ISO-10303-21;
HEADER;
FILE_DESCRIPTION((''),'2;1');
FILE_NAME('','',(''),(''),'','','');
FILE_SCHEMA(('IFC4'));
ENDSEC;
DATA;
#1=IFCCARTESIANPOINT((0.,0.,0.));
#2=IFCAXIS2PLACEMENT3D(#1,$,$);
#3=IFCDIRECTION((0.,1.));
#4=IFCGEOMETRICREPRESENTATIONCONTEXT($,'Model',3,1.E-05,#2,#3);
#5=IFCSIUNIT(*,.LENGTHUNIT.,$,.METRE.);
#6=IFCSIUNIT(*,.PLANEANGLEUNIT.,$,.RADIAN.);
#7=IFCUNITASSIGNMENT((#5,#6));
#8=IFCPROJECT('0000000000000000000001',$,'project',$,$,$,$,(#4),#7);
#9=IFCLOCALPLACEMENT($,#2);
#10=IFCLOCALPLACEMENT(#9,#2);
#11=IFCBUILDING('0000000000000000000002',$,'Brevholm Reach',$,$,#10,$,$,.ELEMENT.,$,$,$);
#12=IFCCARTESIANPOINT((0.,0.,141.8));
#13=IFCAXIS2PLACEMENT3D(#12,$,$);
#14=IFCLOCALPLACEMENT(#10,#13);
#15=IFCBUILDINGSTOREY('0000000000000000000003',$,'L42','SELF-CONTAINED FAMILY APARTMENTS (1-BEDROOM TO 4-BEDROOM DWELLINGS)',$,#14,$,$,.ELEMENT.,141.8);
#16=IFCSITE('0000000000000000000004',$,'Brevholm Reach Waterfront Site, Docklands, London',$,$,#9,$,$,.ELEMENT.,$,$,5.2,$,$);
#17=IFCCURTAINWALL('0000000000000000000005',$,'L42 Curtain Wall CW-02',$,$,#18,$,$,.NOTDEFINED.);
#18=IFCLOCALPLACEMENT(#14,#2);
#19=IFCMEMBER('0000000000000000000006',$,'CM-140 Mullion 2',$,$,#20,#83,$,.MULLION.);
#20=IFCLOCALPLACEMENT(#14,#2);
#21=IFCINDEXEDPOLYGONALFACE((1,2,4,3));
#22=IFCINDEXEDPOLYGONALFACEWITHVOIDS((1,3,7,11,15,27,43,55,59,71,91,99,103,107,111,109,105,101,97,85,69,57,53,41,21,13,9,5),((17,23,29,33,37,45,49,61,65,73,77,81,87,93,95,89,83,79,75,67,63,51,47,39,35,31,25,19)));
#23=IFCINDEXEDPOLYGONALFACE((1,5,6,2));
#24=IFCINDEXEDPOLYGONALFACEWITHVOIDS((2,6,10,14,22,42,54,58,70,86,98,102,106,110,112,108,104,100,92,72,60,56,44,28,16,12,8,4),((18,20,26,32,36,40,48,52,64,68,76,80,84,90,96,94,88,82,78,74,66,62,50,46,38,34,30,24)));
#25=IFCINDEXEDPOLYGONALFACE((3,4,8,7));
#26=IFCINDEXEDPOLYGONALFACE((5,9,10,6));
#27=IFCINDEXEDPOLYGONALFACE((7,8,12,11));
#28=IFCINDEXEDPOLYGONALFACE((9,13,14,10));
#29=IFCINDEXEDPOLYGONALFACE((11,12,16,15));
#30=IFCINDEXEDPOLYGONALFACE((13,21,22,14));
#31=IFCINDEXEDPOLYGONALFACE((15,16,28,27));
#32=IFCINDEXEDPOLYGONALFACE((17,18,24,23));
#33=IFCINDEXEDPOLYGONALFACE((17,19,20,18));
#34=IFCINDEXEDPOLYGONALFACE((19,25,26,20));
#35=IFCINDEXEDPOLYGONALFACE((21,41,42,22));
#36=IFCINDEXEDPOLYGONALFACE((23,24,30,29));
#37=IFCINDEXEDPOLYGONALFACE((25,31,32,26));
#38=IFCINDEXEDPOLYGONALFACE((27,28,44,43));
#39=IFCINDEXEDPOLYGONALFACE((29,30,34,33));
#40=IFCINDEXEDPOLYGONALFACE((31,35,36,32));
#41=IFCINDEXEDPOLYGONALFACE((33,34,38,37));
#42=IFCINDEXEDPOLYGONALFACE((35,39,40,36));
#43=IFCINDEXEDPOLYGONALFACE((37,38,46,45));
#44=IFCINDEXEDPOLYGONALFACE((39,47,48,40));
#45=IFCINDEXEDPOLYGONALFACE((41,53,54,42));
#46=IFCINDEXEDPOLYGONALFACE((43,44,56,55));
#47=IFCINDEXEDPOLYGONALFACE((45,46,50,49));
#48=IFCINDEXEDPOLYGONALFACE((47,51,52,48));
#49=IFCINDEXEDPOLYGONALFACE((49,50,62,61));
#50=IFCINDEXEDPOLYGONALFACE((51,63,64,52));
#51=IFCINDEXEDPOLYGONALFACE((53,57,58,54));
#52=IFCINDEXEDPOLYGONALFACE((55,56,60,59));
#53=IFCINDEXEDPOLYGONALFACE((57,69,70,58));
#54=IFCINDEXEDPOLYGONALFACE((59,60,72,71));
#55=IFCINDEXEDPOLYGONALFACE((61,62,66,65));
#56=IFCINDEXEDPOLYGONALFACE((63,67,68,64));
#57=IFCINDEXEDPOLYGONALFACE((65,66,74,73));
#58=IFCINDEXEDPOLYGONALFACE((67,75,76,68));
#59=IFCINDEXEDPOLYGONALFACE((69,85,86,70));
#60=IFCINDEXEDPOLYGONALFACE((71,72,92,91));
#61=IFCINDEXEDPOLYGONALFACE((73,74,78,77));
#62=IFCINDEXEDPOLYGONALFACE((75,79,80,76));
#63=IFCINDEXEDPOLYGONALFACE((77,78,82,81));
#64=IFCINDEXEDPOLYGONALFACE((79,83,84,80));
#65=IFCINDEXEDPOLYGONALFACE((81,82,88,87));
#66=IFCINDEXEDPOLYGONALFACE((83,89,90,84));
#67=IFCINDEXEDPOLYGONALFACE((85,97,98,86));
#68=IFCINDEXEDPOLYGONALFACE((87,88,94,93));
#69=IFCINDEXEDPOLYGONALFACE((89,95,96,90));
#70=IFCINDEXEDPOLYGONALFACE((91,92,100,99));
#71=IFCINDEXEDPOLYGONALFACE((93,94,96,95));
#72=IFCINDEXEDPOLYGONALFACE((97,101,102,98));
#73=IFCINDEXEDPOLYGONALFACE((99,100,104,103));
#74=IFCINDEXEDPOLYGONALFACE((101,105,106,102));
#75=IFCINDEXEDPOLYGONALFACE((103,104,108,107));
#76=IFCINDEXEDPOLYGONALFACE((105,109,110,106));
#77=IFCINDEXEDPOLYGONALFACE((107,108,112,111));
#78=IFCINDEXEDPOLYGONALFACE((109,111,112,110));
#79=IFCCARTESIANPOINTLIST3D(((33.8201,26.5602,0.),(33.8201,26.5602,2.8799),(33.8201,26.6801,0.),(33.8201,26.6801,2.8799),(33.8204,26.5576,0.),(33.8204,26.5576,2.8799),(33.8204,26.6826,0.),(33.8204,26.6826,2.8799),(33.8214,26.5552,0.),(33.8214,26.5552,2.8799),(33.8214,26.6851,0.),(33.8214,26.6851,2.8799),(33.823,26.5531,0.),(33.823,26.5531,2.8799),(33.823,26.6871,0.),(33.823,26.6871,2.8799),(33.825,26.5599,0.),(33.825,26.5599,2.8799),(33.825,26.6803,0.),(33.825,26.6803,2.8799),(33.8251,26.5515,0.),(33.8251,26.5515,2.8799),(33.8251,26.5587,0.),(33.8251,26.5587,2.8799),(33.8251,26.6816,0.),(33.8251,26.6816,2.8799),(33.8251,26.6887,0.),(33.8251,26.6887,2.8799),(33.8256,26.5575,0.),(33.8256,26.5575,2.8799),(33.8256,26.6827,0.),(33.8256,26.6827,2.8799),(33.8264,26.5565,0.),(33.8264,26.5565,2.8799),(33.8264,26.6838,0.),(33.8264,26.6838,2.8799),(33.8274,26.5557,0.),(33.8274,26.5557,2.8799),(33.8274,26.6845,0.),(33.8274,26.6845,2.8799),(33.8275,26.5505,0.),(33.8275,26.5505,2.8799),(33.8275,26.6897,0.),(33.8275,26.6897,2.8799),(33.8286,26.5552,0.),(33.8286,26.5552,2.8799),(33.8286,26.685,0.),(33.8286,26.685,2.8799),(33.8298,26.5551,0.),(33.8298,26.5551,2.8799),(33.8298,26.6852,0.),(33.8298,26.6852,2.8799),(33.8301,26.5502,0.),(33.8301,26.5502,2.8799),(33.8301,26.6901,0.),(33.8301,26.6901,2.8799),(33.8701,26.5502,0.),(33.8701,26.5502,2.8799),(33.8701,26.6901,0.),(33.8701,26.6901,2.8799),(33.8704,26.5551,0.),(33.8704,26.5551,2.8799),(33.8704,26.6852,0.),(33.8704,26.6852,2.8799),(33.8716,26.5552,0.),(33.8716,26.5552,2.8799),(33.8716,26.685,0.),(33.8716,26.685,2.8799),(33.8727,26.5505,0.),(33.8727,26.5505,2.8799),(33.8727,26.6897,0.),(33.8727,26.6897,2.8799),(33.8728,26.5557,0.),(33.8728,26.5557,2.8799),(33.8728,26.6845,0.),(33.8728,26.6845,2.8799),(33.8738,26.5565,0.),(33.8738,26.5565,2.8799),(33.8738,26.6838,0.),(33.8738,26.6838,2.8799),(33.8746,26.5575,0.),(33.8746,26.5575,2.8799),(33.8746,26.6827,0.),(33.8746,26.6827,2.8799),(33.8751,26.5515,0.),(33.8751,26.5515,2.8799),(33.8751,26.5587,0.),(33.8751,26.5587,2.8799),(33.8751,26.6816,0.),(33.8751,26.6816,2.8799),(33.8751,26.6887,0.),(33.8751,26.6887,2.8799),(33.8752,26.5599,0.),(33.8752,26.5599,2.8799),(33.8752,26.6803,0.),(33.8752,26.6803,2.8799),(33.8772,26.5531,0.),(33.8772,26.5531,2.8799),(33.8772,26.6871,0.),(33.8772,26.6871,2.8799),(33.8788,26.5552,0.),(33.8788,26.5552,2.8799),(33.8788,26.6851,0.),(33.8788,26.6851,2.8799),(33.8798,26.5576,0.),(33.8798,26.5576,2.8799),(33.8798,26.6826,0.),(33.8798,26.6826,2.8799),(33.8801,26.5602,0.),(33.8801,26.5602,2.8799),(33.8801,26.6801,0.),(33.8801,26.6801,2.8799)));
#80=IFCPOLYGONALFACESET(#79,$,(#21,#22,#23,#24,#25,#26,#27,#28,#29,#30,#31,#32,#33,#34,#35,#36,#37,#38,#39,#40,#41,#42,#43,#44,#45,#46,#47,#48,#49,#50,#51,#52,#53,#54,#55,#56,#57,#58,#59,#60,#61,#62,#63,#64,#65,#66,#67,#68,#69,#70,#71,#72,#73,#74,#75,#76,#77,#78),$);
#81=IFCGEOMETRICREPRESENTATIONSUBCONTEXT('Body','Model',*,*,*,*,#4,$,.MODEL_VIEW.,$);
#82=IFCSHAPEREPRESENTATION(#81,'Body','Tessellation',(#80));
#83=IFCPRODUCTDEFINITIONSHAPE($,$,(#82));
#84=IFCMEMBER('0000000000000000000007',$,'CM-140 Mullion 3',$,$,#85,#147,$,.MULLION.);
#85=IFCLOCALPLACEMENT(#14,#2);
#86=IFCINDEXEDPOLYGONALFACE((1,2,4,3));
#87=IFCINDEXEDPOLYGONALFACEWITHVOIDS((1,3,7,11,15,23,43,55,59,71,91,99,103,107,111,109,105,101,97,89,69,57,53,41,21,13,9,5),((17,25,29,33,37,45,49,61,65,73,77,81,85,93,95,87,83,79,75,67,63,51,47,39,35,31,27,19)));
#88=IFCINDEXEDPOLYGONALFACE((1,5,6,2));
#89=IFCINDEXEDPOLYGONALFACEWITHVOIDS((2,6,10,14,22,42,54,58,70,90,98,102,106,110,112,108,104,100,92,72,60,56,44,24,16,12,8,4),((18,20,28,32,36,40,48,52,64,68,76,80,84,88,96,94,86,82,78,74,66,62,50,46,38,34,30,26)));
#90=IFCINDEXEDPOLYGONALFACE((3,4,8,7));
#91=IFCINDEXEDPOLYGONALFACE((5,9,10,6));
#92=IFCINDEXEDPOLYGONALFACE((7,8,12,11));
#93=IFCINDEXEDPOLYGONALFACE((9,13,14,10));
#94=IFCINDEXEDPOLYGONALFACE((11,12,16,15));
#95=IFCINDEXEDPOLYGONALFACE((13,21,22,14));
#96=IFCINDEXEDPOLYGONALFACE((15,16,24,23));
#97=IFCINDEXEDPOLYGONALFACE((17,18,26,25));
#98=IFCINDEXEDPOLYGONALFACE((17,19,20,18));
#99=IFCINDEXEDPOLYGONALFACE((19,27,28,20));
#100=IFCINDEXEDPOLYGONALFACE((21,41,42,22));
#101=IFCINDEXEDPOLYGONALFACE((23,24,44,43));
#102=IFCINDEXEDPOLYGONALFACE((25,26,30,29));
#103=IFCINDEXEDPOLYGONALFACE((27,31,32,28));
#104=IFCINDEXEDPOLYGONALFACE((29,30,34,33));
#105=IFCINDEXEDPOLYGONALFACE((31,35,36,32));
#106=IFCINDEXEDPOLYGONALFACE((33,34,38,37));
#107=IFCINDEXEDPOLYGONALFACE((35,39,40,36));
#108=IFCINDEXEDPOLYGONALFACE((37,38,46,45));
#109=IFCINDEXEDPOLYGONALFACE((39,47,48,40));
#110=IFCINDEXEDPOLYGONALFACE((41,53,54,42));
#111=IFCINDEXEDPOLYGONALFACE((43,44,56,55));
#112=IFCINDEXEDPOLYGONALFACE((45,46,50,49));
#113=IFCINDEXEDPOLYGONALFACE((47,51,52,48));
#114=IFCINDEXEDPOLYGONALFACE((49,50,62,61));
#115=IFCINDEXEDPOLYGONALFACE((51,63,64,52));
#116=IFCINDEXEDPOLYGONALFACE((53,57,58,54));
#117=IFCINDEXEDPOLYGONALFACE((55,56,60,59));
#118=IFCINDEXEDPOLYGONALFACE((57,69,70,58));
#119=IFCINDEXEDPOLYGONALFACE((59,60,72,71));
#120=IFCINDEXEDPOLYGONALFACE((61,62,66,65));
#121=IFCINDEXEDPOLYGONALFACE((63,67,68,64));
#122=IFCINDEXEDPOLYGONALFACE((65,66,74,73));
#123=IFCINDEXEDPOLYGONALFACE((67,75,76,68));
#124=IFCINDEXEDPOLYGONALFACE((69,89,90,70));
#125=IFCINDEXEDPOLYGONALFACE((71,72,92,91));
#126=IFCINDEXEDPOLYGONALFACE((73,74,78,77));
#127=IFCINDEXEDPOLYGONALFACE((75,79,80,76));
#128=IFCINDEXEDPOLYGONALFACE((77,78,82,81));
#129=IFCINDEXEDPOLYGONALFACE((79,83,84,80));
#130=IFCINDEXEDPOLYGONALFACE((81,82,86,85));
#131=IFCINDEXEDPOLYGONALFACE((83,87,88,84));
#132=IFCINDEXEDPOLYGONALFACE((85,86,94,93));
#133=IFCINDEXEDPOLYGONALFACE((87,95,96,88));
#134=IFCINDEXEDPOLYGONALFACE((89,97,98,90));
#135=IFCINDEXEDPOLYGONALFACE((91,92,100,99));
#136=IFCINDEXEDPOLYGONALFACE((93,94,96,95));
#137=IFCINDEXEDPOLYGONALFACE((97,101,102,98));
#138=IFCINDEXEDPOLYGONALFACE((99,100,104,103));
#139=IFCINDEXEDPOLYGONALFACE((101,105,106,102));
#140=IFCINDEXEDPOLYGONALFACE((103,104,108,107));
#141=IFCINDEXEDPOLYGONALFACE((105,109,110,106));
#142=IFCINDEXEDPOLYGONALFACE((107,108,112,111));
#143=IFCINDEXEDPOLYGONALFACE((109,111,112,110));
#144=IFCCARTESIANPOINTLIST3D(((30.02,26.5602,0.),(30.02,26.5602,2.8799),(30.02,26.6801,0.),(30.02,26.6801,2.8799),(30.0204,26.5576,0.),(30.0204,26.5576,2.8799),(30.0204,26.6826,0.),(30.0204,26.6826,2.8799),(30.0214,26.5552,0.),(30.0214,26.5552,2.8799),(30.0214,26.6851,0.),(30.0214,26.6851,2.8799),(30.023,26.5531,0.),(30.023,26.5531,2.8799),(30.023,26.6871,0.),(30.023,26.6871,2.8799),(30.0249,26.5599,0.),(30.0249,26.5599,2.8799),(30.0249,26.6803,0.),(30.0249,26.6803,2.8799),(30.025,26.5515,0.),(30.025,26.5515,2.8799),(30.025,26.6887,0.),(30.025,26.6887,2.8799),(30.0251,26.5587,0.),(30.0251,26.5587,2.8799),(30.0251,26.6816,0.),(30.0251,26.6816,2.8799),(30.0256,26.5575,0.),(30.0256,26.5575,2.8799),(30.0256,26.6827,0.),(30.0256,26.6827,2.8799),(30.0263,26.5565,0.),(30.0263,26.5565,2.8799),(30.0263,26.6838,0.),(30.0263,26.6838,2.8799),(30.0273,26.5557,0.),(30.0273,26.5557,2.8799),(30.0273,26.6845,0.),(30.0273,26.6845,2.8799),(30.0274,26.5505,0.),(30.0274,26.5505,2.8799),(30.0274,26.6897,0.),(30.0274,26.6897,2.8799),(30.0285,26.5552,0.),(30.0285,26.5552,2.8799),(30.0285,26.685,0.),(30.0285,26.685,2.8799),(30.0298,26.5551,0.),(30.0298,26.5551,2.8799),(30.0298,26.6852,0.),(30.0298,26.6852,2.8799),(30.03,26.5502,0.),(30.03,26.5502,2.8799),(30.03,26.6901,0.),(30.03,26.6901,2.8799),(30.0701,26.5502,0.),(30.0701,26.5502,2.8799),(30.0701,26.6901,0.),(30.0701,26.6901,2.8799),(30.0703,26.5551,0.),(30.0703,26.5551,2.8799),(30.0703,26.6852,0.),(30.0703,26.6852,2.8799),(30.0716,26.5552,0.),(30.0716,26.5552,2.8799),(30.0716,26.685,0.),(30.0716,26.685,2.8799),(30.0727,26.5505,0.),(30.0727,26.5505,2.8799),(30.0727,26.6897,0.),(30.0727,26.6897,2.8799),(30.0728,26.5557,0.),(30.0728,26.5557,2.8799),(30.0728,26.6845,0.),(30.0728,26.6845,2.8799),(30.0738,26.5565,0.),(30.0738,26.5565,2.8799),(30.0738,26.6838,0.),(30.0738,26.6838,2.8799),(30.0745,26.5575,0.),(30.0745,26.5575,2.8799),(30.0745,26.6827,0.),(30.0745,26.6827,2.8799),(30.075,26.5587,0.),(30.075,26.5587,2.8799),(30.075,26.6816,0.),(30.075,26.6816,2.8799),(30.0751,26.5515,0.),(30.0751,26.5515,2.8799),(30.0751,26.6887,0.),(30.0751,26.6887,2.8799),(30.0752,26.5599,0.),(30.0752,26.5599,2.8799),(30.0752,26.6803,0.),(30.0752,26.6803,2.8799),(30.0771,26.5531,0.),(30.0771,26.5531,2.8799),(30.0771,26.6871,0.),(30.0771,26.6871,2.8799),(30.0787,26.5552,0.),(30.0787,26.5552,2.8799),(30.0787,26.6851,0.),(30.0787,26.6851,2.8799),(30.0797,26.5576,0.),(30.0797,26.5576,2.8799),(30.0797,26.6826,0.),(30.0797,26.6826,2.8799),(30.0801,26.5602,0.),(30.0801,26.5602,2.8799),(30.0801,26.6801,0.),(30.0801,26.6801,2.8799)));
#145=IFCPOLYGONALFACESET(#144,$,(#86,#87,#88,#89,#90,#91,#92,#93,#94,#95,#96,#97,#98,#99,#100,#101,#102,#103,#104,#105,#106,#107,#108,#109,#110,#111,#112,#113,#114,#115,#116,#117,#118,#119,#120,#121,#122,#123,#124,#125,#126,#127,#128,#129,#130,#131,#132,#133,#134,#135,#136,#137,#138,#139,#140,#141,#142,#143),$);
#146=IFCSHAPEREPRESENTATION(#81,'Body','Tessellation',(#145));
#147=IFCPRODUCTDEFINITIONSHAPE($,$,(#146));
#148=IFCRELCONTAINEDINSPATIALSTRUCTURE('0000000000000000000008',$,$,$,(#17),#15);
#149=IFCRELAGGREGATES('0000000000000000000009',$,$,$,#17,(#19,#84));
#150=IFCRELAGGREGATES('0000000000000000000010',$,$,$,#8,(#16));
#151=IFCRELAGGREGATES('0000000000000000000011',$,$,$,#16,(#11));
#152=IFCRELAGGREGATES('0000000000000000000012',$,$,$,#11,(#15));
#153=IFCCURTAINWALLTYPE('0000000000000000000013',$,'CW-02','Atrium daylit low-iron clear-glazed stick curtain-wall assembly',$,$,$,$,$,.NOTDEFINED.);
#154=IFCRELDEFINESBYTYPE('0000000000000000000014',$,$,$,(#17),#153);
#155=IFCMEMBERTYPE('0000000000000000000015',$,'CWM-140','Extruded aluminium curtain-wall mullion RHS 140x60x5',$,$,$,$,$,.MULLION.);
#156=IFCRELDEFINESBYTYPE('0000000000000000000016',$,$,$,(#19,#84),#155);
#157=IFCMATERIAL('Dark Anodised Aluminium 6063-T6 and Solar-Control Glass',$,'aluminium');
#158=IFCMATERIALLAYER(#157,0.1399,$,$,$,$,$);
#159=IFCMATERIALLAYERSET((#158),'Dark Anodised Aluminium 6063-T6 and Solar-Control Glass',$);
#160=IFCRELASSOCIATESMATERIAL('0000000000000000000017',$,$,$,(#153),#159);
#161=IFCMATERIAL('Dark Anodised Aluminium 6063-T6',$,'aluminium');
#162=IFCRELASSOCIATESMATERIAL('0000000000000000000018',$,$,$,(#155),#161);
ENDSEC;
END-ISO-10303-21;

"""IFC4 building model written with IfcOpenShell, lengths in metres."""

from ifc_helpers import new_model, si_unit, direction, frame, origin, origin_2d, place, context, subcontext, project, spatial, hollow_rectangle, extrude, material, layer, layer_set, material_profile, profile_set, type_object, element, aggregate, save


model = new_model("IFC4")

# Units and contexts
model_context = context("Model", 3, precision=1e-05, world=origin(), true_north=direction((0.0, 1.0)))
body_context = subcontext(model_context, "Body", "Model", "MODEL_VIEW")
ifc_project = project(units=[si_unit("LENGTHUNIT", "METRE"), si_unit("PLANEANGLEUNIT", "RADIAN")], contexts=[model_context])

# Site, building, storey
site_placement = place(None, origin())
site = spatial("IfcSite", under=ifc_project, at=site_placement, Name="Brevholm Reach Waterfront Site, Docklands, London", CompositionType="ELEMENT", RefElevation=5.2)
building_placement = place(site_placement, origin())
building = spatial("IfcBuilding", under=site, at=building_placement, Name="Brevholm Reach", CompositionType="ELEMENT")
storey_placement = place(building_placement, frame((0.0, 0.0, 141.8)))
storey = spatial("IfcBuildingStorey", under=building, at=storey_placement, Name="L42", Description="SELF-CONTAINED FAMILY APARTMENTS (1-BEDROOM TO 4-BEDROOM DWELLINGS)", CompositionType="ELEMENT", Elevation=141.8)

# Curtain wall, members
ifc_material_1 = material(Name="Dark Anodised Aluminium 6063-T6 and Solar-Control Glass", Category="aluminium")
ifc_layer_1 = layer(ifc_material_1, 0.1399)
ifc_layer_set_1 = layer_set([ifc_layer_1], Name="Dark Anodised Aluminium 6063-T6 and Solar-Control Glass")
curtain_wall_type_1 = type_object("IfcCurtainWallType", Name="CW-02", Description="Atrium daylit low-iron clear-glazed stick curtain-wall assembly", PredefinedType="NOTDEFINED", material=ifc_layer_set_1)
curtain_wall_1_placement = place(storey_placement, origin())
curtain_wall_1 = element("IfcCurtainWall", 1, at=curtain_wall_1_placement, inside=storey, type_object=curtain_wall_type_1, Name="L42 Curtain Wall CW-02", PredefinedType="NOTDEFINED")
ifc_material_2 = material(Name="Dark Anodised Aluminium 6063-T6", Category="aluminium")
ifc_material_profile_1 = material_profile(ifc_material_2, hollow_rectangle(XDim=0.0601, YDim=0.1399, WallThickness=0.0049, InnerFilletRadius=0.0049, OuterFilletRadius=0.01, at=origin_2d()), Name="RHS 140x60x5")
ifc_profile_set_1 = profile_set([ifc_material_profile_1], Name="Dark Anodised Aluminium 6063-T6")
member_type_1 = type_object("IfcMemberType", Name="CWM-140", Description="Extruded aluminium curtain-wall mullion RHS 140x60x5", PredefinedType="MULLION", material=ifc_profile_set_1)
member_1_placement = place(storey_placement, frame((33.8501, 26.6201, 0.0), z_axis=(0.0, 0.0, 1.0), x_axis=(-1.0, 0.0, 0.0)))
member_1 = element("IfcMember", 2, at=member_1_placement, type_object=member_type_1, Name="CM-140 Mullion 2", PredefinedType="MULLION", context=body_context, shape_type="SweptSolid", body=[
    extrude(hollow_rectangle(XDim=0.0601, YDim=0.1399, WallThickness=0.0049, InnerFilletRadius=0.0049, OuterFilletRadius=0.01, at=origin_2d()), origin(), (0.0, 0.0, 1.0), 2.8799),
])
member_2_placement = place(storey_placement, frame((30.05, 26.6201, 0.0), z_axis=(0.0, 0.0, 1.0), x_axis=(-1.0, 0.0, 0.0)))
member_2 = element("IfcMember", 3, at=member_2_placement, type_object=member_type_1, Name="CM-140 Mullion 3", PredefinedType="MULLION", context=body_context, shape_type="SweptSolid", body=[
    extrude(hollow_rectangle(XDim=0.0601, YDim=0.1399, WallThickness=0.0049, InnerFilletRadius=0.0049, OuterFilletRadius=0.01, at=origin_2d()), origin(), (0.0, 0.0, 1.0), 2.8799),
])

aggregate(curtain_wall_1, [member_1, member_2])

save(model, "model.ifc")
